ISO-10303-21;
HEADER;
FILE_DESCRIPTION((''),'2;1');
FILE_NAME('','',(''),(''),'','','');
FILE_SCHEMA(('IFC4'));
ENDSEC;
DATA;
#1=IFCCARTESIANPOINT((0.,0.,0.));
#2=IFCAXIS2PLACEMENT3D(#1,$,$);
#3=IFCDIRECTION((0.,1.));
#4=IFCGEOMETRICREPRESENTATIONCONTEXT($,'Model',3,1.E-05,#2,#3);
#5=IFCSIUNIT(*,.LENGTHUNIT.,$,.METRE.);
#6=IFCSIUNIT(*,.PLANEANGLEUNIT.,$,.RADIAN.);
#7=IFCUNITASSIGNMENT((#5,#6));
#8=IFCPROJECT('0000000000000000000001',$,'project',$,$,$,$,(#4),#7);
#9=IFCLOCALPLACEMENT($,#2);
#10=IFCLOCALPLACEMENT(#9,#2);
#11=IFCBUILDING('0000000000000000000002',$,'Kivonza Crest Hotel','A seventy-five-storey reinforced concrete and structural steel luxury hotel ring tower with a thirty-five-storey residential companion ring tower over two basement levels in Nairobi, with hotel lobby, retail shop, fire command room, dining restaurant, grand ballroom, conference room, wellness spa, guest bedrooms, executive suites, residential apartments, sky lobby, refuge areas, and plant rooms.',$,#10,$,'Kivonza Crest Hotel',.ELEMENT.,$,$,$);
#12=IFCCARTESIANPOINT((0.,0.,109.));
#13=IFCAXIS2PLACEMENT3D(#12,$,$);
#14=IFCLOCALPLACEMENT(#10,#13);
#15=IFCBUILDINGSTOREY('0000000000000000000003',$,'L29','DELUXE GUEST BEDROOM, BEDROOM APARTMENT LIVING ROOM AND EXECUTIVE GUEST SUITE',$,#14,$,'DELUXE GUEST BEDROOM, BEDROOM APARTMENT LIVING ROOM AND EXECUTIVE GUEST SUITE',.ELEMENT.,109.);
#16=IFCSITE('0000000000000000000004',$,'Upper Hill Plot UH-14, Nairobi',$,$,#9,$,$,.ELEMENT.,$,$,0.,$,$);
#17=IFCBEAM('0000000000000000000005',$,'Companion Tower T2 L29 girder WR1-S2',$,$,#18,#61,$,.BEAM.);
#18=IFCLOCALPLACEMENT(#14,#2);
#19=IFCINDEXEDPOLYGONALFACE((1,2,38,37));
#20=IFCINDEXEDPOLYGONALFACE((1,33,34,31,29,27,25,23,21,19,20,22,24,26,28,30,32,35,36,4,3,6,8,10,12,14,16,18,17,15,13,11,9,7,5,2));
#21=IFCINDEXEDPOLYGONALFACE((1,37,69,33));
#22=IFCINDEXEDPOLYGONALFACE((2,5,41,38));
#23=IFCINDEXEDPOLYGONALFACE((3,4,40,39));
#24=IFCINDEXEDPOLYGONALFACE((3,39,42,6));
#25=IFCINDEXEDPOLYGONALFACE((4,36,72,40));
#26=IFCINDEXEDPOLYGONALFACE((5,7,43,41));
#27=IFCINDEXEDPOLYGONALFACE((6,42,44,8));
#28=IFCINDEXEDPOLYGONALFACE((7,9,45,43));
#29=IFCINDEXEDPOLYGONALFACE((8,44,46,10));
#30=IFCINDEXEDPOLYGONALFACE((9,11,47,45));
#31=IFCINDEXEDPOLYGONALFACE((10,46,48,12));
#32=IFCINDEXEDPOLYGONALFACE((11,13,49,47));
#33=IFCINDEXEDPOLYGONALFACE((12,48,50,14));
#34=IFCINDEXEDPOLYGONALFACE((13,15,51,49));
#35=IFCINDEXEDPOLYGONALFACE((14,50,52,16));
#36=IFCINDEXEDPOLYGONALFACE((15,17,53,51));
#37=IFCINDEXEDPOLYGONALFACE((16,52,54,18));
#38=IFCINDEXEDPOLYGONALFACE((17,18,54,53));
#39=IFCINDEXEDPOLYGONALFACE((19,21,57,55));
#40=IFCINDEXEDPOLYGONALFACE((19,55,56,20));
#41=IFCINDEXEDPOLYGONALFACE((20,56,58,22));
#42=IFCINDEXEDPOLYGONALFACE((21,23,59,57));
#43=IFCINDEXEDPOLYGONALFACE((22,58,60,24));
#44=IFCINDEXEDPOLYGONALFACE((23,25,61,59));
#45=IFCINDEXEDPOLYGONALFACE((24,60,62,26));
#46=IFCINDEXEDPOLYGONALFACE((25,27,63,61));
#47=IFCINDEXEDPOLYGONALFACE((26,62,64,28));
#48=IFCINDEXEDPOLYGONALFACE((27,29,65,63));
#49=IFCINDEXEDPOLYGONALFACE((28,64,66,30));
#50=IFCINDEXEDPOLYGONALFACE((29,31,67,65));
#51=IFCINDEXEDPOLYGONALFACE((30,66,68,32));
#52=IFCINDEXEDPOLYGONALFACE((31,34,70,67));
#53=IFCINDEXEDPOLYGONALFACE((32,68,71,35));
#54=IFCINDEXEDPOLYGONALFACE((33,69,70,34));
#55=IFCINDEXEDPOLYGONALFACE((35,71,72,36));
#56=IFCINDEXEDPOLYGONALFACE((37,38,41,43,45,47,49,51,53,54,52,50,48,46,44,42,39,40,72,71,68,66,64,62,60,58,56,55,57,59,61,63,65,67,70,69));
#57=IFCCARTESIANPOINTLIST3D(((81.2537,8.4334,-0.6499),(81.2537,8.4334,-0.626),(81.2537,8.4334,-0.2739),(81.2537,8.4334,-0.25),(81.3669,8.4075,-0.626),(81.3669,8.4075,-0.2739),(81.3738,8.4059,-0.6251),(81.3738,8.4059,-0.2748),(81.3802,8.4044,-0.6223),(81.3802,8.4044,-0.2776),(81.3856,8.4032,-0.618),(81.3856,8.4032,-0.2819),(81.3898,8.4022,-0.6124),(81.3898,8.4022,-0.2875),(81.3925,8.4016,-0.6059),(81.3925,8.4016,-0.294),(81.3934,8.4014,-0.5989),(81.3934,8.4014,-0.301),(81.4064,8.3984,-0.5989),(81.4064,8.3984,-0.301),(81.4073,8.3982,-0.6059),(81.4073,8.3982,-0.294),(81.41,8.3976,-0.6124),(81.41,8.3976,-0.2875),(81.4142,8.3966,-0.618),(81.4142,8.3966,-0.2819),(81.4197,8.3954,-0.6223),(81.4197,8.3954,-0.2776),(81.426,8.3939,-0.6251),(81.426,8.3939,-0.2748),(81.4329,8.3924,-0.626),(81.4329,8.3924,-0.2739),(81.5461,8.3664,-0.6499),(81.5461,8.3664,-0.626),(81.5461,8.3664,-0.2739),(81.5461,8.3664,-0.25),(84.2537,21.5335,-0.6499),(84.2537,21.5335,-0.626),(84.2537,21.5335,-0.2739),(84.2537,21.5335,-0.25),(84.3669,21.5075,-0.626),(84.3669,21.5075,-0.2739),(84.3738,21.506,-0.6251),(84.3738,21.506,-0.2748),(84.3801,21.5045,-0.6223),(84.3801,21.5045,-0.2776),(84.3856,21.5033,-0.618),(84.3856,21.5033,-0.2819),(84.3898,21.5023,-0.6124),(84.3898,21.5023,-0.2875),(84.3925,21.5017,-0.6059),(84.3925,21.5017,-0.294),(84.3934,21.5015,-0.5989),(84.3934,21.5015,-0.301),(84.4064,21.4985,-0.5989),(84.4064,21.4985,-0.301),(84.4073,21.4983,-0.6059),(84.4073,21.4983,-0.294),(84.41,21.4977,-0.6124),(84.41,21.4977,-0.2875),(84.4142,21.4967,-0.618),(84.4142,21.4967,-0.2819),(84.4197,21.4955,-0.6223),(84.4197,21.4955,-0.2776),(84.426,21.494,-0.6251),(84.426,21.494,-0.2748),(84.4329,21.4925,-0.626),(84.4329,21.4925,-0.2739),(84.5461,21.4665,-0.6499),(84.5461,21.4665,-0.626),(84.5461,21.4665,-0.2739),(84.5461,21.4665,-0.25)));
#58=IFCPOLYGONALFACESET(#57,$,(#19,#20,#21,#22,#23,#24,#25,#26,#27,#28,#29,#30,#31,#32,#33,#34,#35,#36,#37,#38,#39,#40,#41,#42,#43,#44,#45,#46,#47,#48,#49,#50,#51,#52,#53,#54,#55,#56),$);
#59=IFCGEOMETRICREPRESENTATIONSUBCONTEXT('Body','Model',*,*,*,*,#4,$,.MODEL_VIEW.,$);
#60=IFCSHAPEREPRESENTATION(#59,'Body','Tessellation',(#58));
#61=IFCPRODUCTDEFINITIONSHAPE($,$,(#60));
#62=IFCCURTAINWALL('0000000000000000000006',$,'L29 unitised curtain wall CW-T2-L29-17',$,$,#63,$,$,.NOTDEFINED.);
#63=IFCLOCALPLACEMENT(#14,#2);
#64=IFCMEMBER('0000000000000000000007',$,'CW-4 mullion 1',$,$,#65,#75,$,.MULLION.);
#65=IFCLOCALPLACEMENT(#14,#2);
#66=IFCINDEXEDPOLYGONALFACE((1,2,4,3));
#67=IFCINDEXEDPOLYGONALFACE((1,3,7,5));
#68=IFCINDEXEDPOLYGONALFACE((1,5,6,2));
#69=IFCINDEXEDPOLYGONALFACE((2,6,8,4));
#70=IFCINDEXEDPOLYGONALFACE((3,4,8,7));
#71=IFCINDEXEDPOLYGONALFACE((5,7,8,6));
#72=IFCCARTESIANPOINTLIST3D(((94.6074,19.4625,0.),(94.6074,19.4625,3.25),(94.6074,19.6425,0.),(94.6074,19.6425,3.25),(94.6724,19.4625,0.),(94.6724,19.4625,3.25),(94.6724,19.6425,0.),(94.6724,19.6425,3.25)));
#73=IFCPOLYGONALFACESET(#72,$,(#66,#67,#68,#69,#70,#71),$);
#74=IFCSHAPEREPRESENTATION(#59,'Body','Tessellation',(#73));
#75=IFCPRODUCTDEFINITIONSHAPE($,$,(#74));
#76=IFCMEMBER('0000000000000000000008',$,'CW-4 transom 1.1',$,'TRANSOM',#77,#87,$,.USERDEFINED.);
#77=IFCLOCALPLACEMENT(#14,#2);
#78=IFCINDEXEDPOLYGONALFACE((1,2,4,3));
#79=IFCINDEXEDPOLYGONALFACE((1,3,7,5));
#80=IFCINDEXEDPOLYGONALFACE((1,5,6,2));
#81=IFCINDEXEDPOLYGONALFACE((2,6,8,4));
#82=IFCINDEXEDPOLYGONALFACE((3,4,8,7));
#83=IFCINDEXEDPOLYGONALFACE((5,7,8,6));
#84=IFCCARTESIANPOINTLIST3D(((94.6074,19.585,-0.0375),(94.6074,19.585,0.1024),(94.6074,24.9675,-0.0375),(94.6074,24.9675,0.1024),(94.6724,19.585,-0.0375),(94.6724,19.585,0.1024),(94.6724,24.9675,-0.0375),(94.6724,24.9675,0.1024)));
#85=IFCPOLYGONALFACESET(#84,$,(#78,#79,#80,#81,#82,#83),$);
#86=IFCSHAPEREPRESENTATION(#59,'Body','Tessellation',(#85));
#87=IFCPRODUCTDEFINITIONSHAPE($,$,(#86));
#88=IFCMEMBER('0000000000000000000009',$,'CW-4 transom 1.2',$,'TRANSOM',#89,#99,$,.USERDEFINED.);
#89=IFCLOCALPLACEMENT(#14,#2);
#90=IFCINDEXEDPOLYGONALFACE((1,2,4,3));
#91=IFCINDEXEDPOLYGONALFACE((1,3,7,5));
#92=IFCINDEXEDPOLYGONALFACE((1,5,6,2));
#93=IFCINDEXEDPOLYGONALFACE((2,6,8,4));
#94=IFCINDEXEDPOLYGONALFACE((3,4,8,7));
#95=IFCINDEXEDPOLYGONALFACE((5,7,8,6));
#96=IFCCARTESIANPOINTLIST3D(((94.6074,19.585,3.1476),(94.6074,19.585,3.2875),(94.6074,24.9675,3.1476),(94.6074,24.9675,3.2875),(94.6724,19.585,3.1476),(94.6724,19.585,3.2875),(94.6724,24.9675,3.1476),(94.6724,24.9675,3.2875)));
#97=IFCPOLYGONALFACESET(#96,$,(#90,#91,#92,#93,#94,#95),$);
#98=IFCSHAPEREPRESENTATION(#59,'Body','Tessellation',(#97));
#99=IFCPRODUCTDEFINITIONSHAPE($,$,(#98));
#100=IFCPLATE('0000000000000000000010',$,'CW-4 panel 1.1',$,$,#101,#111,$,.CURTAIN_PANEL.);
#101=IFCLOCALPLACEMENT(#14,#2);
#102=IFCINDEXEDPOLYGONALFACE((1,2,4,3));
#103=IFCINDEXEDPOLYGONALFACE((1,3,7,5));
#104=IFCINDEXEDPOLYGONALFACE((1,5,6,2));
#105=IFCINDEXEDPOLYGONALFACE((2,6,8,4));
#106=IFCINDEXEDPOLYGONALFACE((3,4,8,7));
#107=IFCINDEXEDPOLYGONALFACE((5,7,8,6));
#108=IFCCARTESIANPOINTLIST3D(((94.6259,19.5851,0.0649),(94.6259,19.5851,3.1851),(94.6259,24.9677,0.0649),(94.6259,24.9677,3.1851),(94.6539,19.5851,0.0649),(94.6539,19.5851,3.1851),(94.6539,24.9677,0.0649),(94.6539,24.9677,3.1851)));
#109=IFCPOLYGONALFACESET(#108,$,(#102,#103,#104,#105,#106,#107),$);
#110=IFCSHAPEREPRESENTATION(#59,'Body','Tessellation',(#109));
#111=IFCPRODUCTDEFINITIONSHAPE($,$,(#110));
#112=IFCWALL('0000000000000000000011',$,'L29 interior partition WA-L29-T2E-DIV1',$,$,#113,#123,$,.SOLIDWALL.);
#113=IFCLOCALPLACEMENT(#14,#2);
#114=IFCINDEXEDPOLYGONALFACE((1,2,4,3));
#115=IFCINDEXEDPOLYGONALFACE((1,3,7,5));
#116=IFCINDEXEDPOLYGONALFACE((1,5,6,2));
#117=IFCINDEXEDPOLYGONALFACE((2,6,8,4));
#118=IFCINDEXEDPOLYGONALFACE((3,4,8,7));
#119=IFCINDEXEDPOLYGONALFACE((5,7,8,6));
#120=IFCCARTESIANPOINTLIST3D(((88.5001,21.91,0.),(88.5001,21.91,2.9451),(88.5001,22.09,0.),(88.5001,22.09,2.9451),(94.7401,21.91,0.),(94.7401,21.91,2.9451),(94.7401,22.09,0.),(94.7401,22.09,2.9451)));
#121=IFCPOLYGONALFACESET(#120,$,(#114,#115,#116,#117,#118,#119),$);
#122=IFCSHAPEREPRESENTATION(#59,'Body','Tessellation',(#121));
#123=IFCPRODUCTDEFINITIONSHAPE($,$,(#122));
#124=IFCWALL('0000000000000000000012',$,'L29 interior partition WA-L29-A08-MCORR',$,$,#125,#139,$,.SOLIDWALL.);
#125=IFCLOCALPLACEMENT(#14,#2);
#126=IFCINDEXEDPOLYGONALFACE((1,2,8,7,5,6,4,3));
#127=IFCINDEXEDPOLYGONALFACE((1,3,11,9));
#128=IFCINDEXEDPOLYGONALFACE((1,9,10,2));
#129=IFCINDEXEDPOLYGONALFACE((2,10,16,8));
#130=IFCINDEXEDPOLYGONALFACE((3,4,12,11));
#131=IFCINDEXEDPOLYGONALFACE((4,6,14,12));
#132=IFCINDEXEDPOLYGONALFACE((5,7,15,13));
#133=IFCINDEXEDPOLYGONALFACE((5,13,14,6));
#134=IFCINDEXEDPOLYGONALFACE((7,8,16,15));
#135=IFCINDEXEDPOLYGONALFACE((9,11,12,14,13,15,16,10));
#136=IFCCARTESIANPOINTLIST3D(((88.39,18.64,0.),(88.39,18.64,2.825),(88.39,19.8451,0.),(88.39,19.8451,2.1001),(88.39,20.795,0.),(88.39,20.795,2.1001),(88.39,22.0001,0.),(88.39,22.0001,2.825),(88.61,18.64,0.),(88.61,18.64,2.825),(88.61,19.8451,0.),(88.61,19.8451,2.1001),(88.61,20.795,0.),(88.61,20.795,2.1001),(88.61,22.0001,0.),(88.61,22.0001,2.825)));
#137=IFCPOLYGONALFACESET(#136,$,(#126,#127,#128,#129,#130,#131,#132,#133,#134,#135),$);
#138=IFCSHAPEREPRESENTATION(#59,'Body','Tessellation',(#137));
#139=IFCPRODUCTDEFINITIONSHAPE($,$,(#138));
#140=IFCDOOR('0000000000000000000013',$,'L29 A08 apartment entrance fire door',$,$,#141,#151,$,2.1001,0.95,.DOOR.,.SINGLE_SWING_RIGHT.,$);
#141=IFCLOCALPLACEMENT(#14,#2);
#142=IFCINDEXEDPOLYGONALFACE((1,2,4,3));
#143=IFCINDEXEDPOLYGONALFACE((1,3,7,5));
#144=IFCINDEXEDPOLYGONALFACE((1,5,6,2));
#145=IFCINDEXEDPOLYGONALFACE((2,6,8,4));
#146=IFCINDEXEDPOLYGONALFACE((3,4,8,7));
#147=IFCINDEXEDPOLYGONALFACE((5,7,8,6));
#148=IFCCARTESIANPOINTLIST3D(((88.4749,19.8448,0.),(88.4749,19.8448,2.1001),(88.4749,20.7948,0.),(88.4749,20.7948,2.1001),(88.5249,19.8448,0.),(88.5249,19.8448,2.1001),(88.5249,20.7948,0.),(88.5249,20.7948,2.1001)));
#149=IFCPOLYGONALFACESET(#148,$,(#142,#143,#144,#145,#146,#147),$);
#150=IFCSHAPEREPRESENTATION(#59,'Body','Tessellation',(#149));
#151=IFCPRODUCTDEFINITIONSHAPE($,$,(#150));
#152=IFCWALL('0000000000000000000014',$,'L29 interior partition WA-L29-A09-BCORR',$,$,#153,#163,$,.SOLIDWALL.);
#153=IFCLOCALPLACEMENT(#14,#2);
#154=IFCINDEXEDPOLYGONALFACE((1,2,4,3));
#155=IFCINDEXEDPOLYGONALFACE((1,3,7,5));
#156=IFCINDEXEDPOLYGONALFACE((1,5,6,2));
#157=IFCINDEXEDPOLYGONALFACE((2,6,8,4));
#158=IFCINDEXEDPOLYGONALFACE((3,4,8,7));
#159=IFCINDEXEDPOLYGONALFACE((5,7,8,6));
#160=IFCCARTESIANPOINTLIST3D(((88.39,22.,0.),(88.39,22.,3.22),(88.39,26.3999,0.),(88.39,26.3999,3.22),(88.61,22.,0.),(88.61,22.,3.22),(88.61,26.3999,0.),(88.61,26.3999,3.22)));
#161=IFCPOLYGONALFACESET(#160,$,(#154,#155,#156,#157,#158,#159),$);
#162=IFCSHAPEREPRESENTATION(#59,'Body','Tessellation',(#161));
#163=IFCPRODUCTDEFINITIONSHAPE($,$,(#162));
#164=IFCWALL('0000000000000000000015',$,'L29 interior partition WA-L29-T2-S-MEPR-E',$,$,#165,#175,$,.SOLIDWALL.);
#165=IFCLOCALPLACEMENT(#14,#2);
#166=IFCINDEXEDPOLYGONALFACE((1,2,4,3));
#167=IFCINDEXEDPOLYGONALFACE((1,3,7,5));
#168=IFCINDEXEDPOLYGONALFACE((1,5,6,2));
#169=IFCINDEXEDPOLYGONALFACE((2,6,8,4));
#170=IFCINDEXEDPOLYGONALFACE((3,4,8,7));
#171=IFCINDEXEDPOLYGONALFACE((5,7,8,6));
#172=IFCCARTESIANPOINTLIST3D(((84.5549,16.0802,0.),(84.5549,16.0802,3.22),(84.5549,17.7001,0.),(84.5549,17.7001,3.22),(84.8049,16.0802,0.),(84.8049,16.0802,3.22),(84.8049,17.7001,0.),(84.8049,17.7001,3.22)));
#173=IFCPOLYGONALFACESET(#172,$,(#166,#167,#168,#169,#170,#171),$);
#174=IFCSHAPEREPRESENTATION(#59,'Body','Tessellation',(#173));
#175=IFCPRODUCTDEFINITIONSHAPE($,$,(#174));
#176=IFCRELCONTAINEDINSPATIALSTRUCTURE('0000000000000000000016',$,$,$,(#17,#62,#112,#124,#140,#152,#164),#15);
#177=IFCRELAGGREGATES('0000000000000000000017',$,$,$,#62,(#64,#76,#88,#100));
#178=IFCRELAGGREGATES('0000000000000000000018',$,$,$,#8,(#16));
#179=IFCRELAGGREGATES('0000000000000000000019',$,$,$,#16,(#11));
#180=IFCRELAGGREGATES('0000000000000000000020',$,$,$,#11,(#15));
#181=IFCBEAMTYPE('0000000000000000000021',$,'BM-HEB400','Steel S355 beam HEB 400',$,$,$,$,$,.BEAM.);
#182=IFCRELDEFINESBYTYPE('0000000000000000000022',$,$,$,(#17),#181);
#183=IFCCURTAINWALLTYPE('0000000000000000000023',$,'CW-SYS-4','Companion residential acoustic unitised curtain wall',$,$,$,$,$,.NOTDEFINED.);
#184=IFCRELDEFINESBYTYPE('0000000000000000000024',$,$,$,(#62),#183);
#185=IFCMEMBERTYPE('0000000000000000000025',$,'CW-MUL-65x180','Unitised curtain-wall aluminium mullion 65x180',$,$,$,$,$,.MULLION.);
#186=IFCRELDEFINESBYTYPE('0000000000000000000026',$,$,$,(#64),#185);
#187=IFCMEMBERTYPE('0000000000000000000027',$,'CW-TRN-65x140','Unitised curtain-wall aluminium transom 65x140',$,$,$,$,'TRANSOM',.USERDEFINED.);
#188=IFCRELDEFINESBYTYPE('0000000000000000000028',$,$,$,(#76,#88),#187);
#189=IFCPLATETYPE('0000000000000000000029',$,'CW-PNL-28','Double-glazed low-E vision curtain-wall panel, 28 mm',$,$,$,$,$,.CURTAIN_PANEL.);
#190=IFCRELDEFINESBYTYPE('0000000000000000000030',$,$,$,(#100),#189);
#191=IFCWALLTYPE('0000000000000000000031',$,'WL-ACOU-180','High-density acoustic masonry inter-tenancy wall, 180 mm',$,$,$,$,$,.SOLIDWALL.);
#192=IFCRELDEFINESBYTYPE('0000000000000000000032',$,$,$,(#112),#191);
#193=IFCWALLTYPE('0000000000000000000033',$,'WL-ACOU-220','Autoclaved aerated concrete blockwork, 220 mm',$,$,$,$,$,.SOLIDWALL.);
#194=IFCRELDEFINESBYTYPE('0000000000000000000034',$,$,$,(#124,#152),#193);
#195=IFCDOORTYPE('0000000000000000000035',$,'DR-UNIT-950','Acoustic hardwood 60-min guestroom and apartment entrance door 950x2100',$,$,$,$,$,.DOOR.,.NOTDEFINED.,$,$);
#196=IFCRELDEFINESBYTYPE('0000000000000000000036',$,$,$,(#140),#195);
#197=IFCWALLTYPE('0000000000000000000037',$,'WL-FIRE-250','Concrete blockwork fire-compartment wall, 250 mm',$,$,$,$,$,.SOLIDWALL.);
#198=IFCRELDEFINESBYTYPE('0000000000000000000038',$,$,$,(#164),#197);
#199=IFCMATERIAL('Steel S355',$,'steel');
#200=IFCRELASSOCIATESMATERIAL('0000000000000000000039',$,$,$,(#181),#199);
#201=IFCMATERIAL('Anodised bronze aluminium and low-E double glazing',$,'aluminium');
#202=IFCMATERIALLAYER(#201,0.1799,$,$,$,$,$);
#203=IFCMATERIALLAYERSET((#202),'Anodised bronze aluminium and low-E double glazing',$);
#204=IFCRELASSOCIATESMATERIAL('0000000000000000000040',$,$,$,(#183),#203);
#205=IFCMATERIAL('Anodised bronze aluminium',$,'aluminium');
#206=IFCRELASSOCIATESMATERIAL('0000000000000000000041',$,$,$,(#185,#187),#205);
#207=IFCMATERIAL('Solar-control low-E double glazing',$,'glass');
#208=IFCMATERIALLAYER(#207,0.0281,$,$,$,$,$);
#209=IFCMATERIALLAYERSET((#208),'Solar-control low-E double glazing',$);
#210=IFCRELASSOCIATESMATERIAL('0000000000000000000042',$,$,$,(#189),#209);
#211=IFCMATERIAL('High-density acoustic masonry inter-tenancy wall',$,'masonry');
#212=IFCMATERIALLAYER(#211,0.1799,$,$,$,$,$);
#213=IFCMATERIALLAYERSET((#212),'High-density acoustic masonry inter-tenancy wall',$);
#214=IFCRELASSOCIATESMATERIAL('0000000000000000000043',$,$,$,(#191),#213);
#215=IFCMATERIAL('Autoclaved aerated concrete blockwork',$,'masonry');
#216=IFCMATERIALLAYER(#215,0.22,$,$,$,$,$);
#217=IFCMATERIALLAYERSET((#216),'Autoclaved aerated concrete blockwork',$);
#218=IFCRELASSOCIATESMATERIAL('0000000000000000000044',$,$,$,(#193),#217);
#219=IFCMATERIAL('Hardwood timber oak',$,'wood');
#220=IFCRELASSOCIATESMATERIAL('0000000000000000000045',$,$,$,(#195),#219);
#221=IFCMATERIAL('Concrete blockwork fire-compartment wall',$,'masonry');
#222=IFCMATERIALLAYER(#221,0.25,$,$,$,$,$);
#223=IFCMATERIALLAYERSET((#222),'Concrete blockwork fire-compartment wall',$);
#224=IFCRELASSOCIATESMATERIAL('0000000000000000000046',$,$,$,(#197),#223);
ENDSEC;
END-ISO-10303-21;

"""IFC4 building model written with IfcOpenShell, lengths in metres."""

from ifc_helpers import new_model, si_unit, direction, frame, frame_2d, origin, origin_2d, place, context, subcontext, project, spatial, rectangle, i_section, extrude, material, layer, layer_set, material_profile, profile_set, type_object, element, fill, aggregate, save


model = new_model("IFC4")

# Units and contexts
model_context = context("Model", 3, precision=1e-05, world=origin(), true_north=direction((0.0, 1.0)))
body_context = subcontext(model_context, "Body", "Model", "MODEL_VIEW")
ifc_project = project(units=[si_unit("LENGTHUNIT", "METRE"), si_unit("PLANEANGLEUNIT", "RADIAN")], contexts=[model_context])

# Site, building, storey
site_placement = place(None, origin())
site = spatial("IfcSite", under=ifc_project, at=site_placement, Name="Upper Hill Plot UH-14, Nairobi", CompositionType="ELEMENT", RefElevation=0.0)
building_placement = place(site_placement, origin())
building = spatial("IfcBuilding", under=site, at=building_placement, Name="Kivonza Crest Hotel", Description="A seventy-five-storey reinforced concrete and structural steel luxury hotel ring tower with a thirty-five-storey residential companion ring tower over two basement levels in Nairobi, with hotel lobby, retail shop, fire command room, dining restaurant, grand ballroom, conference room, wellness spa, guest bedrooms, executive suites, residential apartments, sky lobby, refuge areas, and plant rooms.", LongName="Kivonza Crest Hotel", CompositionType="ELEMENT")
storey_placement = place(building_placement, frame((0.0, 0.0, 109.0)))
storey = spatial("IfcBuildingStorey", under=building, at=storey_placement, Name="L29", Description="DELUXE GUEST BEDROOM, BEDROOM APARTMENT LIVING ROOM AND EXECUTIVE GUEST SUITE", LongName="DELUXE GUEST BEDROOM, BEDROOM APARTMENT LIVING ROOM AND EXECUTIVE GUEST SUITE", CompositionType="ELEMENT", Elevation=109.0)

# Beam
ifc_material_1 = material(Name="Steel S355", Category="steel")
ifc_material_profile_1 = material_profile(ifc_material_1, i_section(OverallWidth=0.3, OverallDepth=0.3999, WebThickness=0.0134, FlangeThickness=0.0239, FilletRadius=0.0271, at=origin_2d()), Name="HEB 400")
ifc_profile_set_1 = profile_set([ifc_material_profile_1], Name="Steel S355")
beam_type_1 = type_object("IfcBeamType", Name="BM-HEB400", Description="Steel S355 beam HEB 400", PredefinedType="BEAM", material=ifc_profile_set_1)
beam_1_placement = place(storey_placement, frame((84.3999, 21.5, -0.45), z_axis=(-0.223227, -0.974766, 0.0), x_axis=(0.974766, -0.223227, 0.0)))
element("IfcBeam", 1, at=beam_1_placement, inside=storey, type_object=beam_type_1, Name="Companion Tower T2 L29 girder WR1-S2", PredefinedType="BEAM", context=body_context, shape_type="SweptSolid", body=[
    extrude(i_section(OverallWidth=0.3, OverallDepth=0.3999, WebThickness=0.0134, FlangeThickness=0.0239, FilletRadius=0.0271, at=origin_2d()), origin(), (0.0, 0.0, 1.0), 13.4392),
])

# Curtain wall, members, plate
ifc_material_2 = material(Name="Anodised bronze aluminium and low-E double glazing", Category="aluminium")
ifc_layer_1 = layer(ifc_material_2, 0.1799)
ifc_layer_set_1 = layer_set([ifc_layer_1], Name="Anodised bronze aluminium and low-E double glazing")
curtain_wall_type = type_object("IfcCurtainWallType", Name="CW-SYS-4", Description="Companion residential acoustic unitised curtain wall", PredefinedType="NOTDEFINED", material=ifc_layer_set_1)
curtain_wall_placement = place(storey_placement, origin())
curtain_wall = element("IfcCurtainWall", 2, at=curtain_wall_placement, inside=storey, type_object=curtain_wall_type, Name="L29 unitised curtain wall CW-T2-L29-17", PredefinedType="NOTDEFINED")
ifc_material_3 = material(Name="Anodised bronze aluminium", Category="aluminium")
ifc_material_profile_2 = material_profile(ifc_material_3, rectangle(XDim=0.0649, YDim=0.1799, at=origin_2d()), Name="CW-M 65x180")
ifc_profile_set_2 = profile_set([ifc_material_profile_2], Name="Anodised bronze aluminium")
member_type_1 = type_object("IfcMemberType", Name="CW-MUL-65x180", Description="Unitised curtain-wall aluminium mullion 65x180", PredefinedType="MULLION", material=ifc_profile_set_2)
member_1_placement = place(storey_placement, frame((94.6399, 19.5525, 0.0), z_axis=(0.0, 0.0, 1.0), x_axis=(-1.0, 0.0, 0.0)))
member_1 = element("IfcMember", 3, at=member_1_placement, type_object=member_type_1, Name="CW-4 mullion 1", PredefinedType="MULLION", context=body_context, shape_type="SweptSolid", body=[
    extrude(rectangle(XDim=0.0649, YDim=0.1799, at=origin_2d()), origin(), (0.0, 0.0, 1.0), 3.25),
])
ifc_material_profile_3 = material_profile(ifc_material_3, rectangle(XDim=0.0649, YDim=0.1399, at=origin_2d()), Name="CW-T 65x140")
ifc_profile_set_3 = profile_set([ifc_material_profile_3], Name="Anodised bronze aluminium")
member_type_2 = type_object("IfcMemberType", Name="CW-TRN-65x140", Description="Unitised curtain-wall aluminium transom 65x140", ElementType="TRANSOM", PredefinedType="USERDEFINED", material=ifc_profile_set_3)
member_2_placement = place(storey_placement, frame((94.6399, 19.585, 0.0325), z_axis=(0.0, 1.0, 0.0), x_axis=(-1.0, 0.0, 0.0)))
member_2 = element("IfcMember", 4, at=member_2_placement, type_object=member_type_2, Name="CW-4 transom 1.1", ObjectType="TRANSOM", PredefinedType="USERDEFINED", context=body_context, shape_type="SweptSolid", body=[
    extrude(rectangle(XDim=0.0649, YDim=0.1399, at=origin_2d()), origin(), (0.0, 0.0, 1.0), 5.3826),
])
member_3_placement = place(storey_placement, frame((94.6399, 19.585, 3.2175), z_axis=(0.0, 1.0, 0.0), x_axis=(-1.0, 0.0, 0.0)))
member_3 = element("IfcMember", 5, at=member_3_placement, type_object=member_type_2, Name="CW-4 transom 1.2", ObjectType="TRANSOM", PredefinedType="USERDEFINED", context=body_context, shape_type="SweptSolid", body=[
    extrude(rectangle(XDim=0.0649, YDim=0.1399, at=origin_2d()), origin(), (0.0, 0.0, 1.0), 5.3826),
])
ifc_material_4 = material(Name="Solar-control low-E double glazing", Category="glass")
ifc_layer_2 = layer(ifc_material_4, 0.0281)
ifc_layer_set_2 = layer_set([ifc_layer_2], Name="Solar-control low-E double glazing")
plate_type = type_object("IfcPlateType", Name="CW-PNL-28", Description="Double-glazed low-E vision curtain-wall panel, 28 mm", PredefinedType="CURTAIN_PANEL", material=ifc_layer_set_2)
plate_placement = place(storey_placement, frame((94.6399, 22.2764, 0.0649), z_axis=(0.0, 0.0, 1.0), x_axis=(0.0, 1.0, 0.0)))
plate = element("IfcPlate", 6, at=plate_placement, type_object=plate_type, Name="CW-4 panel 1.1", PredefinedType="CURTAIN_PANEL", context=body_context, shape_type="SweptSolid", body=[
    extrude(rectangle(XDim=5.3826, YDim=0.0281, at=origin_2d()), origin(), (0.0, 0.0, 1.0), 3.1201),
])
aggregate(curtain_wall, [member_1, member_2, member_3, plate])

# Wall
ifc_material_5 = material(Name="High-density acoustic masonry inter-tenancy wall", Category="masonry")
ifc_layer_3 = layer(ifc_material_5, 0.1799)
ifc_layer_set_3 = layer_set([ifc_layer_3], Name="High-density acoustic masonry inter-tenancy wall")
wall_type_1 = type_object("IfcWallType", Name="WL-ACOU-180", Description="High-density acoustic masonry inter-tenancy wall, 180 mm", PredefinedType="SOLIDWALL", material=ifc_layer_set_3)
wall_1_placement = place(storey_placement, frame((88.5, 22.0, 0.0), z_axis=(0.0, 0.0, 1.0), x_axis=(1.0, 0.0, 0.0)))
element("IfcWall", 7, at=wall_1_placement, inside=storey, type_object=wall_type_1, Name="L29 interior partition WA-L29-T2E-DIV1", PredefinedType="SOLIDWALL", context=body_context, shape_type="SweptSolid", body=[
    extrude(rectangle(XDim=6.24, YDim=0.1799, at=frame_2d((3.1201, 0.0))), origin(), (0.0, 0.0, 1.0), 2.9451),
])

# Wall, opening, door
ifc_material_6 = material(Name="Autoclaved aerated concrete blockwork", Category="masonry")
ifc_layer_4 = layer(ifc_material_6, 0.22)
ifc_layer_set_4 = layer_set([ifc_layer_4], Name="Autoclaved aerated concrete blockwork")
wall_type_2 = type_object("IfcWallType", Name="WL-ACOU-220", Description="Autoclaved aerated concrete blockwork, 220 mm", PredefinedType="SOLIDWALL", material=ifc_layer_set_4)
wall_2_placement = place(storey_placement, frame((88.5, 18.6399, 0.0), z_axis=(0.0, 0.0, 1.0), x_axis=(0.0, 1.0, 0.0)))
wall_2 = element("IfcWall", 8, at=wall_2_placement, inside=storey, type_object=wall_type_2, Name="L29 interior partition WA-L29-A08-MCORR", PredefinedType="SOLIDWALL", context=body_context, shape_type="SweptSolid", body=[
    extrude(rectangle(XDim=3.3601, YDim=0.22, at=frame_2d((1.6802, 0.0))), origin(), (0.0, 0.0, 1.0), 2.825),
])
opening_1_placement = place(wall_2_placement, frame((1.2051, 0.0, 0.0)))
opening_1 = element("IfcOpeningElement", 9, at=opening_1_placement, cuts=wall_2, PredefinedType="OPENING", context=body_context, shape_type="SweptSolid", body=[
    extrude(rectangle(XDim=0.95, YDim=2.1001, at=frame_2d((0.4751, 1.05))), frame((0.0, 0.1201, 0.0), z_axis=(0.0, -1.0, 0.0), x_axis=(1.0, 0.0, 0.0)), (0.0, 0.0, 1.0), 0.24),
])
ifc_material_7 = material(Name="Hardwood timber oak", Category="wood")
door_type_1 = type_object("IfcDoorType", Name="DR-UNIT-950", Description="Acoustic hardwood 60-min guestroom and apartment entrance door 950x2100", OperationType="NOTDEFINED", PredefinedType="DOOR", material=ifc_material_7)
door_1_placement = place(opening_1_placement, frame((0.95, 0.0, 0.0), z_axis=(0.0, 0.0, 1.0), x_axis=(-1.0, 0.0, 0.0)))
door_1 = element("IfcDoor", 10, at=door_1_placement, inside=storey, type_object=door_type_1, Name="L29 A08 apartment entrance fire door", OperationType="SINGLE_SWING_RIGHT", OverallHeight=2.1001, OverallWidth=0.95, PredefinedType="DOOR", context=body_context, shape_type="SweptSolid", body=[
    extrude(rectangle(XDim=0.95, YDim=2.1001, at=frame_2d((0.4751, 1.05))), frame((0.0, 0.0249, 0.0), z_axis=(0.0, -1.0, 0.0), x_axis=(1.0, 0.0, 0.0)), (0.0, 0.0, 1.0), 0.05),
])
fill(opening_1, door_1)

# Walls
wall_3_placement = place(storey_placement, frame((88.5, 22.0, 0.0), z_axis=(0.0, 0.0, 1.0), x_axis=(0.0, 1.0, 0.0)))
element("IfcWall", 11, at=wall_3_placement, inside=storey, type_object=wall_type_2, Name="L29 interior partition WA-L29-A09-BCORR", PredefinedType="SOLIDWALL", context=body_context, shape_type="SweptSolid", body=[
    extrude(rectangle(XDim=4.3999, YDim=0.22, at=frame_2d((2.2, 0.0))), origin(), (0.0, 0.0, 1.0), 3.22),
])
ifc_material_8 = material(Name="Concrete blockwork fire-compartment wall", Category="masonry")
ifc_layer_5 = layer(ifc_material_8, 0.25)
ifc_layer_set_5 = layer_set([ifc_layer_5], Name="Concrete blockwork fire-compartment wall")
wall_type_3 = type_object("IfcWallType", Name="WL-FIRE-250", Description="Concrete blockwork fire-compartment wall, 250 mm", PredefinedType="SOLIDWALL", material=ifc_layer_set_5)
wall_4_placement = place(storey_placement, frame((84.6799, 16.0801, 0.0), z_axis=(0.0, 0.0, 1.0), x_axis=(0.0, 1.0, 0.0)))
element("IfcWall", 12, at=wall_4_placement, inside=storey, type_object=wall_type_3, Name="L29 interior partition WA-L29-T2-S-MEPR-E", PredefinedType="SOLIDWALL", context=body_context, shape_type="SweptSolid", body=[
    extrude(rectangle(XDim=1.6199, YDim=0.25, at=frame_2d((0.8101, 0.0))), origin(), (0.0, 0.0, 1.0), 3.22),
])

save(model, "model.ifc")
